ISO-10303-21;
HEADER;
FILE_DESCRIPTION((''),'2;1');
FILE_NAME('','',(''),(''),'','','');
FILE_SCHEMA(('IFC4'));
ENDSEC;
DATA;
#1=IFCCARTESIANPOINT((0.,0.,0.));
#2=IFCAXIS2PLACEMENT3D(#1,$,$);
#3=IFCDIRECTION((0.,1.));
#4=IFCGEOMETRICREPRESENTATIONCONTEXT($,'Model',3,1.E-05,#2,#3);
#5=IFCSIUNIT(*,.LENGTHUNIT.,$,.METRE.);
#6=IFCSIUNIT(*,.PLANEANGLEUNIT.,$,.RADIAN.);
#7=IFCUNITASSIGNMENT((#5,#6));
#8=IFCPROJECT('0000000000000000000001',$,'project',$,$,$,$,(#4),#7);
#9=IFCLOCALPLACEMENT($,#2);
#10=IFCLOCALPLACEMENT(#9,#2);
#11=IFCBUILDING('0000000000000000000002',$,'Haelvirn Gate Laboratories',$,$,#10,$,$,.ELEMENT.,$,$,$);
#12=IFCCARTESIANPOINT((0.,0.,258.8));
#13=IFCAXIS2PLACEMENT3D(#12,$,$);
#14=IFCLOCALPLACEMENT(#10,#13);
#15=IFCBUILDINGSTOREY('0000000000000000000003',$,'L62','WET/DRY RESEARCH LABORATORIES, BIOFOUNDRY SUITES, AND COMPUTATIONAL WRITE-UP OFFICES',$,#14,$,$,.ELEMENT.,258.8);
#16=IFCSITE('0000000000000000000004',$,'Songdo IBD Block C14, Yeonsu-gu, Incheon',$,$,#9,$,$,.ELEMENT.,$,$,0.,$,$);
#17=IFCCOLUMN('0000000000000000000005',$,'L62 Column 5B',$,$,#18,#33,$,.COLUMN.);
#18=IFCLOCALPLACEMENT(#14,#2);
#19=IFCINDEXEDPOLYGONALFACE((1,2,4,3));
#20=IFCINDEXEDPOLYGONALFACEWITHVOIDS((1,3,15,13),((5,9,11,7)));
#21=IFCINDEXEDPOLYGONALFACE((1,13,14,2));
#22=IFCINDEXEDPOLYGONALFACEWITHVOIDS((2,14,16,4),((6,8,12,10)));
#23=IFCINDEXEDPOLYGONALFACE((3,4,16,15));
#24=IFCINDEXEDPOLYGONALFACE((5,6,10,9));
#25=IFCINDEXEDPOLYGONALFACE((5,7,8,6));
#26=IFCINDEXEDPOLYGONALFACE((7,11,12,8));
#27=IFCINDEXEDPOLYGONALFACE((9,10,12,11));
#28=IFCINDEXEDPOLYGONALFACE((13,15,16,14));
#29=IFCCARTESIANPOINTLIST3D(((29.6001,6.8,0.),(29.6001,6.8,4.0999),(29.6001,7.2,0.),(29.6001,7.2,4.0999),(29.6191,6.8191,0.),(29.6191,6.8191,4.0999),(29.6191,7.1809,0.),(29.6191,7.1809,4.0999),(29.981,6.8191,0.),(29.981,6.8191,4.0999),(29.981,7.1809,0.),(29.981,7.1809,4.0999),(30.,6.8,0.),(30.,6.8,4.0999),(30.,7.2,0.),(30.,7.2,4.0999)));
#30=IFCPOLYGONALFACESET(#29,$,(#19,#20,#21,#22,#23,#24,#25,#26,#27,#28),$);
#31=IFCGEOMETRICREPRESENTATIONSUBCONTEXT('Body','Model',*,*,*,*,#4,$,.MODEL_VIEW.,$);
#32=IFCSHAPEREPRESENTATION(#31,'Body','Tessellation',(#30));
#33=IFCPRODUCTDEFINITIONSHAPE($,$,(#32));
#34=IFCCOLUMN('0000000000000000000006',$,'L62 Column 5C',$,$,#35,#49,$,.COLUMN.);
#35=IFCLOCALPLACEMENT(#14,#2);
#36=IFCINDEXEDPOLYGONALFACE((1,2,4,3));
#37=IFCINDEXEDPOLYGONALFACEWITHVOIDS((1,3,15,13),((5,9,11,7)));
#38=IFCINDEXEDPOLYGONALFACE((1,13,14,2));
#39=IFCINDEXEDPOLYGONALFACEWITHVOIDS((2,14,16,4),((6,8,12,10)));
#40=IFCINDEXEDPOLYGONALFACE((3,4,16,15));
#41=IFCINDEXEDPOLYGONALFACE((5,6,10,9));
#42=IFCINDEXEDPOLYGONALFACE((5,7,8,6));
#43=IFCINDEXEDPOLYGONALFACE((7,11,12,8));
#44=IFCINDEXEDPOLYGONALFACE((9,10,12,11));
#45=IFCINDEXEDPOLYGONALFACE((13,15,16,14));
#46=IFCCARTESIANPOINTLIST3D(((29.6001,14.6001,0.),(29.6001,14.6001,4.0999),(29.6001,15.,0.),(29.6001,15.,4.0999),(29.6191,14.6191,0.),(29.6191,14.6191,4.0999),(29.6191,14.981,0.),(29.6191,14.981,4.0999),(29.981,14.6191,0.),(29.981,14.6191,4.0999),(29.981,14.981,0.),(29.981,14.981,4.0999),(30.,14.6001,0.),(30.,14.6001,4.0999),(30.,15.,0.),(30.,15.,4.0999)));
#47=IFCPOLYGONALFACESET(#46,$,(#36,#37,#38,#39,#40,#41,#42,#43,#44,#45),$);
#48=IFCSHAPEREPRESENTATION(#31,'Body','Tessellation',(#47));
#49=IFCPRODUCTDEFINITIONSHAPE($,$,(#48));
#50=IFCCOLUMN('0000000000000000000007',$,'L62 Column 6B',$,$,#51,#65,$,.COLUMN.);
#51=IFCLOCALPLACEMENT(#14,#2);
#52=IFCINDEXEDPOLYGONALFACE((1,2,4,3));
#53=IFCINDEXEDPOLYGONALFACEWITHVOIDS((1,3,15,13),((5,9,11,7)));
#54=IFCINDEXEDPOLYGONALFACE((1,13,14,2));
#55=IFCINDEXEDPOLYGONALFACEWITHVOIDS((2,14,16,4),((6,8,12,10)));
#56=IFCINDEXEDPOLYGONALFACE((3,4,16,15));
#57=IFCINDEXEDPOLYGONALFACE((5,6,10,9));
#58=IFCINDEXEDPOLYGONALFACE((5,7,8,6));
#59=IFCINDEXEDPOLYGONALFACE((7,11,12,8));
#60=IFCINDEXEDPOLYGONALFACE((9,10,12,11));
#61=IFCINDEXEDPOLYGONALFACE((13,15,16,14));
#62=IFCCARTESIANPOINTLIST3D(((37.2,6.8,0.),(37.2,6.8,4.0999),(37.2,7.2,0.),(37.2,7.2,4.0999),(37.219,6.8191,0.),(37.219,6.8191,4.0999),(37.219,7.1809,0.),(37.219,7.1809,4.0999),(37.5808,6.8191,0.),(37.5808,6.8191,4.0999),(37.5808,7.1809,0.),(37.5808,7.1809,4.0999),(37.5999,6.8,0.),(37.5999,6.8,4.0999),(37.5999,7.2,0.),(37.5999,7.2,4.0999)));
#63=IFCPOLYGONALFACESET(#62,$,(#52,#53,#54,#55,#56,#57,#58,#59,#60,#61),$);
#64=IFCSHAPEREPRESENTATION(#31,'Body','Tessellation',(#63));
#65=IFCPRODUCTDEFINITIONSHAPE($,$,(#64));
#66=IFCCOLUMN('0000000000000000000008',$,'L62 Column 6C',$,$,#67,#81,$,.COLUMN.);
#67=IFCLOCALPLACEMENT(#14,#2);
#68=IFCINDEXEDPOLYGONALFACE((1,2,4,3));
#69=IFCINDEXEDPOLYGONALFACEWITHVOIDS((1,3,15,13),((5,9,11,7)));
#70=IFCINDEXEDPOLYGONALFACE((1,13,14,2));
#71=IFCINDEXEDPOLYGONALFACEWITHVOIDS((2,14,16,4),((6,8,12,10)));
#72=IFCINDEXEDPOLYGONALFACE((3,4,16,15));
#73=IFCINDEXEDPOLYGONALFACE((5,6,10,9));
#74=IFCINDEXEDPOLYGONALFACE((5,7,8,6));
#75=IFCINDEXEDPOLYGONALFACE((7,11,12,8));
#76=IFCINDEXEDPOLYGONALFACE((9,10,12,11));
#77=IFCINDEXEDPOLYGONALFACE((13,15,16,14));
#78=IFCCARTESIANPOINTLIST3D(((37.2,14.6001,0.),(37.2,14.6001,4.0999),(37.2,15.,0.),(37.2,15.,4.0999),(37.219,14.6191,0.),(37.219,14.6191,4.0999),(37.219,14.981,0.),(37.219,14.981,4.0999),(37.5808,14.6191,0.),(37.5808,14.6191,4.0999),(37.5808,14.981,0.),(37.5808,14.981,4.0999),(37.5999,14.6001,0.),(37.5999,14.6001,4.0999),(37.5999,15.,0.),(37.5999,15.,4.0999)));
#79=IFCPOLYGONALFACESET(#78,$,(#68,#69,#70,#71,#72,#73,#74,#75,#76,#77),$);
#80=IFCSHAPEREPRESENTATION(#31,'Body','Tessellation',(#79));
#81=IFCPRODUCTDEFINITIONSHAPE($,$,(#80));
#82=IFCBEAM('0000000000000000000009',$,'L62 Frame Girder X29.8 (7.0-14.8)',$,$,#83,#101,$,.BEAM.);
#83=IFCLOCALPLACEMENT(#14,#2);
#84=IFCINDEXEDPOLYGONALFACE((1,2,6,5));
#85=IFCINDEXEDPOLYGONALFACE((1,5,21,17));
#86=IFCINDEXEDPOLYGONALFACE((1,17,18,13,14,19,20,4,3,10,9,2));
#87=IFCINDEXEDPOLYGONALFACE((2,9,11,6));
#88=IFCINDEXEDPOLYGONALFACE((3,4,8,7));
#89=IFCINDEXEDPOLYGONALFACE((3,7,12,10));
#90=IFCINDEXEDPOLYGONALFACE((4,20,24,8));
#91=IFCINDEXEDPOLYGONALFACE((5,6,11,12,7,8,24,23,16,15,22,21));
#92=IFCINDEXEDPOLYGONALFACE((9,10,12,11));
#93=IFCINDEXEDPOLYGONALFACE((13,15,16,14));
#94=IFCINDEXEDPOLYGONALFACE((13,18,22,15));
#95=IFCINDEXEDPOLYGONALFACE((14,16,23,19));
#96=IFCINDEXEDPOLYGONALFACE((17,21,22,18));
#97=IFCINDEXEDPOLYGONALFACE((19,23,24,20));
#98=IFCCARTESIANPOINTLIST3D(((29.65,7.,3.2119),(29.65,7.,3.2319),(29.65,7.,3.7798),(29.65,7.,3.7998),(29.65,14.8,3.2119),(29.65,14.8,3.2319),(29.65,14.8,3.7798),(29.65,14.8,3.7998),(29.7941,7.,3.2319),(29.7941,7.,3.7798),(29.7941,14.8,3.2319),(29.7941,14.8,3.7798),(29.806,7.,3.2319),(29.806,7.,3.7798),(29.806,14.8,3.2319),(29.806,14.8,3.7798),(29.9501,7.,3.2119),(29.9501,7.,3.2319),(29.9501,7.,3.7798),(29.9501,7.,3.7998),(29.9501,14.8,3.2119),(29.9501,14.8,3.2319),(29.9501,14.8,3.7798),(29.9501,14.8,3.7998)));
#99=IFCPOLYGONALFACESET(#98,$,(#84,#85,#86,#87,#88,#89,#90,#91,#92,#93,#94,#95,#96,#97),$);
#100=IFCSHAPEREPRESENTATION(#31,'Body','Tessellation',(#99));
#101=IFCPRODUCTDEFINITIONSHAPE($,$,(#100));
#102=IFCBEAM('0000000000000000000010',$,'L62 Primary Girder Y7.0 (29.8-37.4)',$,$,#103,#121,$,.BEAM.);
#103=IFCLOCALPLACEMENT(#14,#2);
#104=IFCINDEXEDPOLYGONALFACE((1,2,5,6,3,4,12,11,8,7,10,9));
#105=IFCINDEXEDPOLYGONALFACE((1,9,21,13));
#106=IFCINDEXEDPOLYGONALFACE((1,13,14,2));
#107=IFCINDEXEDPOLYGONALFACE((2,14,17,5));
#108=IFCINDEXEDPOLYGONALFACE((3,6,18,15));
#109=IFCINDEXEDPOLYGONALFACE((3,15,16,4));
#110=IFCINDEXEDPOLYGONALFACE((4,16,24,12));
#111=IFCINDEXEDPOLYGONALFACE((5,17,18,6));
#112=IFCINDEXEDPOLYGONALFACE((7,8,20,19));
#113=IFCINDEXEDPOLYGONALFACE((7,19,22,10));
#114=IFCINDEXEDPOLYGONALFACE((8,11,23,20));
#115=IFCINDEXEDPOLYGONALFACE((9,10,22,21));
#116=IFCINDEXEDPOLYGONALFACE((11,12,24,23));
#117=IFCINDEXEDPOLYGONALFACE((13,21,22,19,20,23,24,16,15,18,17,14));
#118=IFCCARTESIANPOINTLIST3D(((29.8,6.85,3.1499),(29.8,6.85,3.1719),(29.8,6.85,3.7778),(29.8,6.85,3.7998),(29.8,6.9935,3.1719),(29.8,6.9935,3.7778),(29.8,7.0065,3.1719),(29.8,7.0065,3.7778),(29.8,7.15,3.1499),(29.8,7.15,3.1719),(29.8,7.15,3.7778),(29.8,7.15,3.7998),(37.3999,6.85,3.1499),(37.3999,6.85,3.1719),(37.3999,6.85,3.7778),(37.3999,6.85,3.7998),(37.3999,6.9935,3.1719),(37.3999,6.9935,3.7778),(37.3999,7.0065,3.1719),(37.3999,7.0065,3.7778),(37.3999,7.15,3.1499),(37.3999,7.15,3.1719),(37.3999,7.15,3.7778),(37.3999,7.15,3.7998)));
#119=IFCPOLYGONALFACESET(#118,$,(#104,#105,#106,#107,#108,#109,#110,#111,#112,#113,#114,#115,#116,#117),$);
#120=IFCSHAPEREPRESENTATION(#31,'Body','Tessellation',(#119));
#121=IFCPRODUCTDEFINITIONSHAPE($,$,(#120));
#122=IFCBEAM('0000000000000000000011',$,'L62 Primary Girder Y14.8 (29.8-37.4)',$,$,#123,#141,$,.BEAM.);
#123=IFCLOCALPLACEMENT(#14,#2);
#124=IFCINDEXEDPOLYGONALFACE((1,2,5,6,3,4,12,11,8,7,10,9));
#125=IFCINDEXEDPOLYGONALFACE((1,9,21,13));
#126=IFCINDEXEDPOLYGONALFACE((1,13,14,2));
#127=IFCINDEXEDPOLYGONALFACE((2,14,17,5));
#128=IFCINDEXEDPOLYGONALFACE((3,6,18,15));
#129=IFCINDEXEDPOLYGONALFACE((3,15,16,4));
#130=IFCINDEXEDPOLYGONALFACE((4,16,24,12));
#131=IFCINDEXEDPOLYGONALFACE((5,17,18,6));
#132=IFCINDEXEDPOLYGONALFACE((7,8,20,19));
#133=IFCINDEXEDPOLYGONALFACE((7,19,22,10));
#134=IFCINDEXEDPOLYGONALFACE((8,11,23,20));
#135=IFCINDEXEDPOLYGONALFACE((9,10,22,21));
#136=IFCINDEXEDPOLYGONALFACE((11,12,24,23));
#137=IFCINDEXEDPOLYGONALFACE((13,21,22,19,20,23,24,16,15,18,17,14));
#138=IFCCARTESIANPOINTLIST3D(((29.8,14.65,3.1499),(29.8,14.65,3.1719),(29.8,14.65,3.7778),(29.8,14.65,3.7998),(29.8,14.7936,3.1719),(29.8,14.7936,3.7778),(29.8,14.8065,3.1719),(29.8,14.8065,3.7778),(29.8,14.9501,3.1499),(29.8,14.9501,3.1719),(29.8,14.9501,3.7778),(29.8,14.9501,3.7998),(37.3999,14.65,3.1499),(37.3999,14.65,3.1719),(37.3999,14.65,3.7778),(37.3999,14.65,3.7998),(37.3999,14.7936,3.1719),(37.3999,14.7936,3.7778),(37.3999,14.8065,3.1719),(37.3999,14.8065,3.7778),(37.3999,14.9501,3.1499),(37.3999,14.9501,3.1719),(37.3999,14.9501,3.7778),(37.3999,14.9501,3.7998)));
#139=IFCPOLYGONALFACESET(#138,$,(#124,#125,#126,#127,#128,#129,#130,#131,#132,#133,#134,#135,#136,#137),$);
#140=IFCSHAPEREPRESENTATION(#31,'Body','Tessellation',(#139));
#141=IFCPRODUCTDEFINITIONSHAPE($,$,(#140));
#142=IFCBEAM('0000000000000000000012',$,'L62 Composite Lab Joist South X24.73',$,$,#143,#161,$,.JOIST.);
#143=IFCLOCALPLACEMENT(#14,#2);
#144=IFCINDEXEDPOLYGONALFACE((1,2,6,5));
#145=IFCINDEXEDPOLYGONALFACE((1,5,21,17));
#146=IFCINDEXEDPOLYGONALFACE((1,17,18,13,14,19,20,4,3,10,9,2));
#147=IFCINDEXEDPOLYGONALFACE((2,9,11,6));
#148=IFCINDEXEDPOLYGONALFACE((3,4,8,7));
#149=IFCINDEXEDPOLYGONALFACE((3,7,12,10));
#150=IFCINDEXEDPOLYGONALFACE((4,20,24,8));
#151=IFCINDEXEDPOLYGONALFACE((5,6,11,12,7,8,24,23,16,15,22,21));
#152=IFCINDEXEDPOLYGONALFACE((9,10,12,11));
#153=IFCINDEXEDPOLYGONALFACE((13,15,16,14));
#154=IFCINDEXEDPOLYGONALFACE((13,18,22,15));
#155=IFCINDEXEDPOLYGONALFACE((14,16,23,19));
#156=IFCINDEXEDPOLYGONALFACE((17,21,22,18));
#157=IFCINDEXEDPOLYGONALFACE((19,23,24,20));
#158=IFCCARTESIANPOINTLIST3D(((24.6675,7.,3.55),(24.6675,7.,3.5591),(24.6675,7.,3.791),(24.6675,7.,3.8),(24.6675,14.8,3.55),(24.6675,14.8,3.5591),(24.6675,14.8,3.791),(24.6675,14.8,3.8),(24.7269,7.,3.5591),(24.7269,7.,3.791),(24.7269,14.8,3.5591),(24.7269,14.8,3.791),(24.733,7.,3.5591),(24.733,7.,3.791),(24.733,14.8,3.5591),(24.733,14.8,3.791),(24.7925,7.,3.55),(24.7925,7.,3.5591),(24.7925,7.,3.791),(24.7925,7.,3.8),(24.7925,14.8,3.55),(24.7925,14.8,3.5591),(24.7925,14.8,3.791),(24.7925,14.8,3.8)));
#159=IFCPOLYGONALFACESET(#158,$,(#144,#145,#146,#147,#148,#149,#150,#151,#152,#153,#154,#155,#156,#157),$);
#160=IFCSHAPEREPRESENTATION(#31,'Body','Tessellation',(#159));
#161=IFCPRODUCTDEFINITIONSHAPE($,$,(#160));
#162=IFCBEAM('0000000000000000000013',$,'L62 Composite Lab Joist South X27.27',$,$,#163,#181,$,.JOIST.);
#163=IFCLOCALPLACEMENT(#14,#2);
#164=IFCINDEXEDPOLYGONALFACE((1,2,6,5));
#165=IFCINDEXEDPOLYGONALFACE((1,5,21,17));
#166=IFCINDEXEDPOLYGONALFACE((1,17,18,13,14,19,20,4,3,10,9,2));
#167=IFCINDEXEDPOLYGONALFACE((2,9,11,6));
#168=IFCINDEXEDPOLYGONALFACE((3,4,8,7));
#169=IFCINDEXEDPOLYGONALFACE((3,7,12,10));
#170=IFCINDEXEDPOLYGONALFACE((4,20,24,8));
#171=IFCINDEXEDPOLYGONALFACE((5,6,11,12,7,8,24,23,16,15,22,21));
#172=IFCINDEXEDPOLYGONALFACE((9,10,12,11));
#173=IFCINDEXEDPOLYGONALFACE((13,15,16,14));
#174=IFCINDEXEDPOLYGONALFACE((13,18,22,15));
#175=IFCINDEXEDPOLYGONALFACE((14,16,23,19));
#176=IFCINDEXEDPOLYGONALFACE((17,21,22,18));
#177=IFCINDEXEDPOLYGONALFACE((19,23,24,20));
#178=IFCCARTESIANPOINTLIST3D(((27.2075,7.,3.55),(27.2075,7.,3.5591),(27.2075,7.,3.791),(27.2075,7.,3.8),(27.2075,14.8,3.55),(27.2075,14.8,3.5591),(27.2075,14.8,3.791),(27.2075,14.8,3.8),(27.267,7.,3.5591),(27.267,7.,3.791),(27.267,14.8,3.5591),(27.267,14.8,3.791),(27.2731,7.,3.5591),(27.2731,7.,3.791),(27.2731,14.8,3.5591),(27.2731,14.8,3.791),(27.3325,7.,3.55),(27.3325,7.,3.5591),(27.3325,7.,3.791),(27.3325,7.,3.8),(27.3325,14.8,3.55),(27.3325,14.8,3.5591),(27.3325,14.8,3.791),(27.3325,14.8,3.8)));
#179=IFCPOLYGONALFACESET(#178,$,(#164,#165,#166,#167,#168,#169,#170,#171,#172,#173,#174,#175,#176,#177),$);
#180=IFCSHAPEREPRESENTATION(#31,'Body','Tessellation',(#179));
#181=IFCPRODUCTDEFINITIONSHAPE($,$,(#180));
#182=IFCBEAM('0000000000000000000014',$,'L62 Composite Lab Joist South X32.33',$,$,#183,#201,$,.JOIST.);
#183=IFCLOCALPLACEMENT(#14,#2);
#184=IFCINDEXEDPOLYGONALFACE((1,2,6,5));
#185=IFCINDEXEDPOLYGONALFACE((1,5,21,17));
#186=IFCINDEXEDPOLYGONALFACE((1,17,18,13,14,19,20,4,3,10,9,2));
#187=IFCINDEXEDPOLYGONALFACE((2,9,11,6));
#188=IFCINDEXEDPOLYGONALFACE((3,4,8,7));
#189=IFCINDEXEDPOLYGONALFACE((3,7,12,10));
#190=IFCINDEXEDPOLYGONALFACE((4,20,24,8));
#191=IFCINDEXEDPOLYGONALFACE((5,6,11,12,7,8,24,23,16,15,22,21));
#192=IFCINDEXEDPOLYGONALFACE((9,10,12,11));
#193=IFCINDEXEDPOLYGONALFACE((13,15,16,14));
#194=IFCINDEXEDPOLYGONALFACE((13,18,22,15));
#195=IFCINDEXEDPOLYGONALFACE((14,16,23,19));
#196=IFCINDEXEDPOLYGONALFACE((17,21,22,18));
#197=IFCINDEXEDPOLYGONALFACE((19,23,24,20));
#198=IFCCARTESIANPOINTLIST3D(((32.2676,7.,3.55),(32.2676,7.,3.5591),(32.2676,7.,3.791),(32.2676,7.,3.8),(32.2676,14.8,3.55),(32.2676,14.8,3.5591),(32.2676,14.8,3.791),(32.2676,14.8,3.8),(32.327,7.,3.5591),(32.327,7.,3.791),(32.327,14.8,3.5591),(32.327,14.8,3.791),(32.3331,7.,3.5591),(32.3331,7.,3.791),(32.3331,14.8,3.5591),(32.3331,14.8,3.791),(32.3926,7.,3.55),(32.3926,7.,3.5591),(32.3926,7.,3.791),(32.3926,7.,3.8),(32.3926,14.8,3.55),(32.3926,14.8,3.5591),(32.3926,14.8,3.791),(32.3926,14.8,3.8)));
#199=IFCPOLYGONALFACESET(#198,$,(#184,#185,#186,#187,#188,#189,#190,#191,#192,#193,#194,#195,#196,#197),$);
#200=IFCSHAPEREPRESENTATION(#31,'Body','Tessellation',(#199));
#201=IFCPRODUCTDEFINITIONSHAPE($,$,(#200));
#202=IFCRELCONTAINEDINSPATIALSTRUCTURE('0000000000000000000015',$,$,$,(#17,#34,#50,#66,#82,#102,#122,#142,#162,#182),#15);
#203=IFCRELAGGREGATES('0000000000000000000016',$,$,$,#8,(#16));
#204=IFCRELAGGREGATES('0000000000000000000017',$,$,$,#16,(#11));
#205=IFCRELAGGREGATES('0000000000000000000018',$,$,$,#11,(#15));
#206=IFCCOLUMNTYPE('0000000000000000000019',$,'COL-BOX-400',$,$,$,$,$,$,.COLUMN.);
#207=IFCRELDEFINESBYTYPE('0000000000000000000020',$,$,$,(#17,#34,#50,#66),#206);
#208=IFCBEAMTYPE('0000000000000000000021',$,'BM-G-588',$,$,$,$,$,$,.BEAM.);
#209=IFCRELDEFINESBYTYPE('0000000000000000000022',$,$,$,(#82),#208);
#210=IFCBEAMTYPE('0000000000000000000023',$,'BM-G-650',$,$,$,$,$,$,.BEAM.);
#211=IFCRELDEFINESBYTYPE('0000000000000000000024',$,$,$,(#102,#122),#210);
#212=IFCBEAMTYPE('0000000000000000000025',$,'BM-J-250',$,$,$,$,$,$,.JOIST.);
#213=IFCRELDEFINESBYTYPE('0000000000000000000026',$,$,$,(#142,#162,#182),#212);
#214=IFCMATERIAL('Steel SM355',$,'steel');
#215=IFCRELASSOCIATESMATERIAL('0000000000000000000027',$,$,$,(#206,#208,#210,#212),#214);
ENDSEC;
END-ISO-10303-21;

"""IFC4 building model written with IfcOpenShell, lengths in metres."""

from ifc_helpers import new_model, si_unit, direction, frame, origin, origin_2d, place, context, subcontext, project, spatial, hollow_rectangle, i_section, extrude, source, transform, mapped, material, material_profile, profile_set, type_object, type_shapes, element, save


model = new_model("IFC4")

# Units and contexts
model_context = context("Model", 3, precision=1e-05, world=origin(), true_north=direction((0.0, 1.0)))
body_context = subcontext(model_context, "Body", "Model", "MODEL_VIEW")
ifc_project = project(units=[si_unit("LENGTHUNIT", "METRE"), si_unit("PLANEANGLEUNIT", "RADIAN")], contexts=[model_context])

# Site, building, storey
site_placement = place(None, origin())
site = spatial("IfcSite", under=ifc_project, at=site_placement, Name="Songdo IBD Block C14, Yeonsu-gu, Incheon", CompositionType="ELEMENT", RefElevation=0.0)
building_placement = place(site_placement, origin())
building = spatial("IfcBuilding", under=site, at=building_placement, Name="Haelvirn Gate Laboratories", CompositionType="ELEMENT")
storey_placement = place(building_placement, frame((0.0, 0.0, 258.8)))
storey = spatial("IfcBuildingStorey", under=building, at=storey_placement, Name="L62", Description="WET/DRY RESEARCH LABORATORIES, BIOFOUNDRY SUITES, AND COMPUTATIONAL WRITE-UP OFFICES", CompositionType="ELEMENT", Elevation=258.8)

# Columns
ifc_material_1 = material(Name="Steel SM355", Category="steel")
ifc_material_profile_1 = material_profile(ifc_material_1, hollow_rectangle(XDim=0.3999, YDim=0.3999, WallThickness=0.019, at=origin_2d()), Name="BOX-400x400x19")
ifc_profile_set_1 = profile_set([ifc_material_profile_1], Name="Steel SM355")
column_type = type_object("IfcColumnType", Name="COL-BOX-400", PredefinedType="COLUMN", material=ifc_profile_set_1)
shared_shape_1 = source(origin(), body_context, "Body", "SweptSolid", [
    extrude(hollow_rectangle(XDim=0.3999, YDim=0.3999, WallThickness=0.019, at=origin_2d()), origin(), (0.0, 0.0, 1.0), 4.0999),
])
type_shapes(column_type, [shared_shape_1])
for number, where, z_axis, x_axis, name in (
    (1, (29.8, 7.0, 0.0), (0.0, 0.0, 1.0), (1.0, 0.0, 0.0), "L62 Column 5B"),
    (2, (29.8, 14.8, 0.0), (0.0, 0.0, 1.0), (1.0, 0.0, 0.0), "L62 Column 5C"),
    (3, (37.3999, 7.0, 0.0), (0.0, 0.0, 1.0), (1.0, 0.0, 0.0), "L62 Column 6B"),
    (4, (37.3999, 14.8, 0.0), (0.0, 0.0, 1.0), (1.0, 0.0, 0.0), "L62 Column 6C"),
):
    element("IfcColumn", number, at=place(storey_placement, frame(where, z_axis=z_axis, x_axis=x_axis)), inside=storey, type_object=column_type, Name=name, PredefinedType="COLUMN", context=body_context, shape_type="MappedRepresentation", body=[
        mapped(shared_shape_1, transform((0.0, 0.0, 0.0), scale=1.0)),
    ])

# Beams
ifc_material_profile_2 = material_profile(ifc_material_1, i_section(OverallWidth=0.3, OverallDepth=0.5879, WebThickness=0.012, FlangeThickness=0.02, at=origin_2d()), Name="H-588x300x12x20")
ifc_profile_set_2 = profile_set([ifc_material_profile_2], Name="Steel SM355")
beam_type_1 = type_object("IfcBeamType", Name="BM-G-588", PredefinedType="BEAM", material=ifc_profile_set_2)
shared_shape_2 = source(origin(), body_context, "Body", "SweptSolid", [
    extrude(i_section(OverallWidth=0.3, OverallDepth=0.5879, WebThickness=0.012, FlangeThickness=0.02, at=origin_2d()), origin(), (0.0, 0.0, 1.0), 7.8),
])
type_shapes(beam_type_1, [shared_shape_2])
beam_placement = place(storey_placement, frame((29.8, 7.0, 3.5059), z_axis=(0.0, 1.0, 0.0), x_axis=(-1.0, 0.0, 0.0)))
element("IfcBeam", 5, at=beam_placement, inside=storey, type_object=beam_type_1, Name="L62 Frame Girder X29.8 (7.0-14.8)", PredefinedType="BEAM", context=body_context, shape_type="MappedRepresentation", body=[
    mapped(shared_shape_2, transform((0.0, 0.0, 0.0), scale=1.0)),
])
ifc_material_profile_3 = material_profile(ifc_material_1, i_section(OverallWidth=0.3, OverallDepth=0.6499, WebThickness=0.0129, FlangeThickness=0.022, at=origin_2d()), Name="H-650x300x13x22")
ifc_profile_set_3 = profile_set([ifc_material_profile_3], Name="Steel SM355")
beam_type_2 = type_object("IfcBeamType", Name="BM-G-650", PredefinedType="BEAM", material=ifc_profile_set_3)
shared_shape_3 = source(origin(), body_context, "Body", "SweptSolid", [
    extrude(i_section(OverallWidth=0.3, OverallDepth=0.6499, WebThickness=0.0129, FlangeThickness=0.022, at=origin_2d()), origin(), (0.0, 0.0, 1.0), 7.5999),
])
type_shapes(beam_type_2, [shared_shape_3])
for number, where, z_axis, x_axis, name in (
    (6, (29.8, 7.0, 3.4749), (1.0, 0.0, 0.0), (0.0, 1.0, 0.0), "L62 Primary Girder Y7.0 (29.8-37.4)"),
    (7, (29.8, 14.8, 3.4749), (1.0, 0.0, 0.0), (0.0, 1.0, 0.0), "L62 Primary Girder Y14.8 (29.8-37.4)"),
):
    element("IfcBeam", number, at=place(storey_placement, frame(where, z_axis=z_axis, x_axis=x_axis)), inside=storey, type_object=beam_type_2, Name=name, PredefinedType="BEAM", context=body_context, shape_type="MappedRepresentation", body=[
        mapped(shared_shape_3, transform((0.0, 0.0, 0.0), scale=1.0)),
    ])
ifc_material_profile_4 = material_profile(ifc_material_1, i_section(OverallWidth=0.125, OverallDepth=0.25, WebThickness=0.0061, FlangeThickness=0.009, at=origin_2d()), Name="H-250x125x6x9")
ifc_profile_set_4 = profile_set([ifc_material_profile_4], Name="Steel SM355")
beam_type_3 = type_object("IfcBeamType", Name="BM-J-250", PredefinedType="JOIST", material=ifc_profile_set_4)
shared_shape_4 = source(origin(), body_context, "Body", "SweptSolid", [
    extrude(i_section(OverallWidth=0.125, OverallDepth=0.25, WebThickness=0.0061, FlangeThickness=0.009, at=origin_2d()), origin(), (0.0, 0.0, 1.0), 7.8),
])
type_shapes(beam_type_3, [shared_shape_4])
for number, where, z_axis, x_axis, name in (
    (8, (24.73, 7.0, 3.675), (0.0, 1.0, 0.0), (-1.0, 0.0, 0.0), "L62 Composite Lab Joist South X24.73"),
    (9, (27.27, 7.0, 3.675), (0.0, 1.0, 0.0), (-1.0, 0.0, 0.0), "L62 Composite Lab Joist South X27.27"),
    (10, (32.3301, 7.0, 3.675), (0.0, 1.0, 0.0), (-1.0, 0.0, 0.0), "L62 Composite Lab Joist South X32.33"),
):
    element("IfcBeam", number, at=place(storey_placement, frame(where, z_axis=z_axis, x_axis=x_axis)), inside=storey, type_object=beam_type_3, Name=name, PredefinedType="JOIST", context=body_context, shape_type="MappedRepresentation", body=[
        mapped(shared_shape_4, transform((0.0, 0.0, 0.0), scale=1.0)),
    ])

save(model, "model.ifc")
